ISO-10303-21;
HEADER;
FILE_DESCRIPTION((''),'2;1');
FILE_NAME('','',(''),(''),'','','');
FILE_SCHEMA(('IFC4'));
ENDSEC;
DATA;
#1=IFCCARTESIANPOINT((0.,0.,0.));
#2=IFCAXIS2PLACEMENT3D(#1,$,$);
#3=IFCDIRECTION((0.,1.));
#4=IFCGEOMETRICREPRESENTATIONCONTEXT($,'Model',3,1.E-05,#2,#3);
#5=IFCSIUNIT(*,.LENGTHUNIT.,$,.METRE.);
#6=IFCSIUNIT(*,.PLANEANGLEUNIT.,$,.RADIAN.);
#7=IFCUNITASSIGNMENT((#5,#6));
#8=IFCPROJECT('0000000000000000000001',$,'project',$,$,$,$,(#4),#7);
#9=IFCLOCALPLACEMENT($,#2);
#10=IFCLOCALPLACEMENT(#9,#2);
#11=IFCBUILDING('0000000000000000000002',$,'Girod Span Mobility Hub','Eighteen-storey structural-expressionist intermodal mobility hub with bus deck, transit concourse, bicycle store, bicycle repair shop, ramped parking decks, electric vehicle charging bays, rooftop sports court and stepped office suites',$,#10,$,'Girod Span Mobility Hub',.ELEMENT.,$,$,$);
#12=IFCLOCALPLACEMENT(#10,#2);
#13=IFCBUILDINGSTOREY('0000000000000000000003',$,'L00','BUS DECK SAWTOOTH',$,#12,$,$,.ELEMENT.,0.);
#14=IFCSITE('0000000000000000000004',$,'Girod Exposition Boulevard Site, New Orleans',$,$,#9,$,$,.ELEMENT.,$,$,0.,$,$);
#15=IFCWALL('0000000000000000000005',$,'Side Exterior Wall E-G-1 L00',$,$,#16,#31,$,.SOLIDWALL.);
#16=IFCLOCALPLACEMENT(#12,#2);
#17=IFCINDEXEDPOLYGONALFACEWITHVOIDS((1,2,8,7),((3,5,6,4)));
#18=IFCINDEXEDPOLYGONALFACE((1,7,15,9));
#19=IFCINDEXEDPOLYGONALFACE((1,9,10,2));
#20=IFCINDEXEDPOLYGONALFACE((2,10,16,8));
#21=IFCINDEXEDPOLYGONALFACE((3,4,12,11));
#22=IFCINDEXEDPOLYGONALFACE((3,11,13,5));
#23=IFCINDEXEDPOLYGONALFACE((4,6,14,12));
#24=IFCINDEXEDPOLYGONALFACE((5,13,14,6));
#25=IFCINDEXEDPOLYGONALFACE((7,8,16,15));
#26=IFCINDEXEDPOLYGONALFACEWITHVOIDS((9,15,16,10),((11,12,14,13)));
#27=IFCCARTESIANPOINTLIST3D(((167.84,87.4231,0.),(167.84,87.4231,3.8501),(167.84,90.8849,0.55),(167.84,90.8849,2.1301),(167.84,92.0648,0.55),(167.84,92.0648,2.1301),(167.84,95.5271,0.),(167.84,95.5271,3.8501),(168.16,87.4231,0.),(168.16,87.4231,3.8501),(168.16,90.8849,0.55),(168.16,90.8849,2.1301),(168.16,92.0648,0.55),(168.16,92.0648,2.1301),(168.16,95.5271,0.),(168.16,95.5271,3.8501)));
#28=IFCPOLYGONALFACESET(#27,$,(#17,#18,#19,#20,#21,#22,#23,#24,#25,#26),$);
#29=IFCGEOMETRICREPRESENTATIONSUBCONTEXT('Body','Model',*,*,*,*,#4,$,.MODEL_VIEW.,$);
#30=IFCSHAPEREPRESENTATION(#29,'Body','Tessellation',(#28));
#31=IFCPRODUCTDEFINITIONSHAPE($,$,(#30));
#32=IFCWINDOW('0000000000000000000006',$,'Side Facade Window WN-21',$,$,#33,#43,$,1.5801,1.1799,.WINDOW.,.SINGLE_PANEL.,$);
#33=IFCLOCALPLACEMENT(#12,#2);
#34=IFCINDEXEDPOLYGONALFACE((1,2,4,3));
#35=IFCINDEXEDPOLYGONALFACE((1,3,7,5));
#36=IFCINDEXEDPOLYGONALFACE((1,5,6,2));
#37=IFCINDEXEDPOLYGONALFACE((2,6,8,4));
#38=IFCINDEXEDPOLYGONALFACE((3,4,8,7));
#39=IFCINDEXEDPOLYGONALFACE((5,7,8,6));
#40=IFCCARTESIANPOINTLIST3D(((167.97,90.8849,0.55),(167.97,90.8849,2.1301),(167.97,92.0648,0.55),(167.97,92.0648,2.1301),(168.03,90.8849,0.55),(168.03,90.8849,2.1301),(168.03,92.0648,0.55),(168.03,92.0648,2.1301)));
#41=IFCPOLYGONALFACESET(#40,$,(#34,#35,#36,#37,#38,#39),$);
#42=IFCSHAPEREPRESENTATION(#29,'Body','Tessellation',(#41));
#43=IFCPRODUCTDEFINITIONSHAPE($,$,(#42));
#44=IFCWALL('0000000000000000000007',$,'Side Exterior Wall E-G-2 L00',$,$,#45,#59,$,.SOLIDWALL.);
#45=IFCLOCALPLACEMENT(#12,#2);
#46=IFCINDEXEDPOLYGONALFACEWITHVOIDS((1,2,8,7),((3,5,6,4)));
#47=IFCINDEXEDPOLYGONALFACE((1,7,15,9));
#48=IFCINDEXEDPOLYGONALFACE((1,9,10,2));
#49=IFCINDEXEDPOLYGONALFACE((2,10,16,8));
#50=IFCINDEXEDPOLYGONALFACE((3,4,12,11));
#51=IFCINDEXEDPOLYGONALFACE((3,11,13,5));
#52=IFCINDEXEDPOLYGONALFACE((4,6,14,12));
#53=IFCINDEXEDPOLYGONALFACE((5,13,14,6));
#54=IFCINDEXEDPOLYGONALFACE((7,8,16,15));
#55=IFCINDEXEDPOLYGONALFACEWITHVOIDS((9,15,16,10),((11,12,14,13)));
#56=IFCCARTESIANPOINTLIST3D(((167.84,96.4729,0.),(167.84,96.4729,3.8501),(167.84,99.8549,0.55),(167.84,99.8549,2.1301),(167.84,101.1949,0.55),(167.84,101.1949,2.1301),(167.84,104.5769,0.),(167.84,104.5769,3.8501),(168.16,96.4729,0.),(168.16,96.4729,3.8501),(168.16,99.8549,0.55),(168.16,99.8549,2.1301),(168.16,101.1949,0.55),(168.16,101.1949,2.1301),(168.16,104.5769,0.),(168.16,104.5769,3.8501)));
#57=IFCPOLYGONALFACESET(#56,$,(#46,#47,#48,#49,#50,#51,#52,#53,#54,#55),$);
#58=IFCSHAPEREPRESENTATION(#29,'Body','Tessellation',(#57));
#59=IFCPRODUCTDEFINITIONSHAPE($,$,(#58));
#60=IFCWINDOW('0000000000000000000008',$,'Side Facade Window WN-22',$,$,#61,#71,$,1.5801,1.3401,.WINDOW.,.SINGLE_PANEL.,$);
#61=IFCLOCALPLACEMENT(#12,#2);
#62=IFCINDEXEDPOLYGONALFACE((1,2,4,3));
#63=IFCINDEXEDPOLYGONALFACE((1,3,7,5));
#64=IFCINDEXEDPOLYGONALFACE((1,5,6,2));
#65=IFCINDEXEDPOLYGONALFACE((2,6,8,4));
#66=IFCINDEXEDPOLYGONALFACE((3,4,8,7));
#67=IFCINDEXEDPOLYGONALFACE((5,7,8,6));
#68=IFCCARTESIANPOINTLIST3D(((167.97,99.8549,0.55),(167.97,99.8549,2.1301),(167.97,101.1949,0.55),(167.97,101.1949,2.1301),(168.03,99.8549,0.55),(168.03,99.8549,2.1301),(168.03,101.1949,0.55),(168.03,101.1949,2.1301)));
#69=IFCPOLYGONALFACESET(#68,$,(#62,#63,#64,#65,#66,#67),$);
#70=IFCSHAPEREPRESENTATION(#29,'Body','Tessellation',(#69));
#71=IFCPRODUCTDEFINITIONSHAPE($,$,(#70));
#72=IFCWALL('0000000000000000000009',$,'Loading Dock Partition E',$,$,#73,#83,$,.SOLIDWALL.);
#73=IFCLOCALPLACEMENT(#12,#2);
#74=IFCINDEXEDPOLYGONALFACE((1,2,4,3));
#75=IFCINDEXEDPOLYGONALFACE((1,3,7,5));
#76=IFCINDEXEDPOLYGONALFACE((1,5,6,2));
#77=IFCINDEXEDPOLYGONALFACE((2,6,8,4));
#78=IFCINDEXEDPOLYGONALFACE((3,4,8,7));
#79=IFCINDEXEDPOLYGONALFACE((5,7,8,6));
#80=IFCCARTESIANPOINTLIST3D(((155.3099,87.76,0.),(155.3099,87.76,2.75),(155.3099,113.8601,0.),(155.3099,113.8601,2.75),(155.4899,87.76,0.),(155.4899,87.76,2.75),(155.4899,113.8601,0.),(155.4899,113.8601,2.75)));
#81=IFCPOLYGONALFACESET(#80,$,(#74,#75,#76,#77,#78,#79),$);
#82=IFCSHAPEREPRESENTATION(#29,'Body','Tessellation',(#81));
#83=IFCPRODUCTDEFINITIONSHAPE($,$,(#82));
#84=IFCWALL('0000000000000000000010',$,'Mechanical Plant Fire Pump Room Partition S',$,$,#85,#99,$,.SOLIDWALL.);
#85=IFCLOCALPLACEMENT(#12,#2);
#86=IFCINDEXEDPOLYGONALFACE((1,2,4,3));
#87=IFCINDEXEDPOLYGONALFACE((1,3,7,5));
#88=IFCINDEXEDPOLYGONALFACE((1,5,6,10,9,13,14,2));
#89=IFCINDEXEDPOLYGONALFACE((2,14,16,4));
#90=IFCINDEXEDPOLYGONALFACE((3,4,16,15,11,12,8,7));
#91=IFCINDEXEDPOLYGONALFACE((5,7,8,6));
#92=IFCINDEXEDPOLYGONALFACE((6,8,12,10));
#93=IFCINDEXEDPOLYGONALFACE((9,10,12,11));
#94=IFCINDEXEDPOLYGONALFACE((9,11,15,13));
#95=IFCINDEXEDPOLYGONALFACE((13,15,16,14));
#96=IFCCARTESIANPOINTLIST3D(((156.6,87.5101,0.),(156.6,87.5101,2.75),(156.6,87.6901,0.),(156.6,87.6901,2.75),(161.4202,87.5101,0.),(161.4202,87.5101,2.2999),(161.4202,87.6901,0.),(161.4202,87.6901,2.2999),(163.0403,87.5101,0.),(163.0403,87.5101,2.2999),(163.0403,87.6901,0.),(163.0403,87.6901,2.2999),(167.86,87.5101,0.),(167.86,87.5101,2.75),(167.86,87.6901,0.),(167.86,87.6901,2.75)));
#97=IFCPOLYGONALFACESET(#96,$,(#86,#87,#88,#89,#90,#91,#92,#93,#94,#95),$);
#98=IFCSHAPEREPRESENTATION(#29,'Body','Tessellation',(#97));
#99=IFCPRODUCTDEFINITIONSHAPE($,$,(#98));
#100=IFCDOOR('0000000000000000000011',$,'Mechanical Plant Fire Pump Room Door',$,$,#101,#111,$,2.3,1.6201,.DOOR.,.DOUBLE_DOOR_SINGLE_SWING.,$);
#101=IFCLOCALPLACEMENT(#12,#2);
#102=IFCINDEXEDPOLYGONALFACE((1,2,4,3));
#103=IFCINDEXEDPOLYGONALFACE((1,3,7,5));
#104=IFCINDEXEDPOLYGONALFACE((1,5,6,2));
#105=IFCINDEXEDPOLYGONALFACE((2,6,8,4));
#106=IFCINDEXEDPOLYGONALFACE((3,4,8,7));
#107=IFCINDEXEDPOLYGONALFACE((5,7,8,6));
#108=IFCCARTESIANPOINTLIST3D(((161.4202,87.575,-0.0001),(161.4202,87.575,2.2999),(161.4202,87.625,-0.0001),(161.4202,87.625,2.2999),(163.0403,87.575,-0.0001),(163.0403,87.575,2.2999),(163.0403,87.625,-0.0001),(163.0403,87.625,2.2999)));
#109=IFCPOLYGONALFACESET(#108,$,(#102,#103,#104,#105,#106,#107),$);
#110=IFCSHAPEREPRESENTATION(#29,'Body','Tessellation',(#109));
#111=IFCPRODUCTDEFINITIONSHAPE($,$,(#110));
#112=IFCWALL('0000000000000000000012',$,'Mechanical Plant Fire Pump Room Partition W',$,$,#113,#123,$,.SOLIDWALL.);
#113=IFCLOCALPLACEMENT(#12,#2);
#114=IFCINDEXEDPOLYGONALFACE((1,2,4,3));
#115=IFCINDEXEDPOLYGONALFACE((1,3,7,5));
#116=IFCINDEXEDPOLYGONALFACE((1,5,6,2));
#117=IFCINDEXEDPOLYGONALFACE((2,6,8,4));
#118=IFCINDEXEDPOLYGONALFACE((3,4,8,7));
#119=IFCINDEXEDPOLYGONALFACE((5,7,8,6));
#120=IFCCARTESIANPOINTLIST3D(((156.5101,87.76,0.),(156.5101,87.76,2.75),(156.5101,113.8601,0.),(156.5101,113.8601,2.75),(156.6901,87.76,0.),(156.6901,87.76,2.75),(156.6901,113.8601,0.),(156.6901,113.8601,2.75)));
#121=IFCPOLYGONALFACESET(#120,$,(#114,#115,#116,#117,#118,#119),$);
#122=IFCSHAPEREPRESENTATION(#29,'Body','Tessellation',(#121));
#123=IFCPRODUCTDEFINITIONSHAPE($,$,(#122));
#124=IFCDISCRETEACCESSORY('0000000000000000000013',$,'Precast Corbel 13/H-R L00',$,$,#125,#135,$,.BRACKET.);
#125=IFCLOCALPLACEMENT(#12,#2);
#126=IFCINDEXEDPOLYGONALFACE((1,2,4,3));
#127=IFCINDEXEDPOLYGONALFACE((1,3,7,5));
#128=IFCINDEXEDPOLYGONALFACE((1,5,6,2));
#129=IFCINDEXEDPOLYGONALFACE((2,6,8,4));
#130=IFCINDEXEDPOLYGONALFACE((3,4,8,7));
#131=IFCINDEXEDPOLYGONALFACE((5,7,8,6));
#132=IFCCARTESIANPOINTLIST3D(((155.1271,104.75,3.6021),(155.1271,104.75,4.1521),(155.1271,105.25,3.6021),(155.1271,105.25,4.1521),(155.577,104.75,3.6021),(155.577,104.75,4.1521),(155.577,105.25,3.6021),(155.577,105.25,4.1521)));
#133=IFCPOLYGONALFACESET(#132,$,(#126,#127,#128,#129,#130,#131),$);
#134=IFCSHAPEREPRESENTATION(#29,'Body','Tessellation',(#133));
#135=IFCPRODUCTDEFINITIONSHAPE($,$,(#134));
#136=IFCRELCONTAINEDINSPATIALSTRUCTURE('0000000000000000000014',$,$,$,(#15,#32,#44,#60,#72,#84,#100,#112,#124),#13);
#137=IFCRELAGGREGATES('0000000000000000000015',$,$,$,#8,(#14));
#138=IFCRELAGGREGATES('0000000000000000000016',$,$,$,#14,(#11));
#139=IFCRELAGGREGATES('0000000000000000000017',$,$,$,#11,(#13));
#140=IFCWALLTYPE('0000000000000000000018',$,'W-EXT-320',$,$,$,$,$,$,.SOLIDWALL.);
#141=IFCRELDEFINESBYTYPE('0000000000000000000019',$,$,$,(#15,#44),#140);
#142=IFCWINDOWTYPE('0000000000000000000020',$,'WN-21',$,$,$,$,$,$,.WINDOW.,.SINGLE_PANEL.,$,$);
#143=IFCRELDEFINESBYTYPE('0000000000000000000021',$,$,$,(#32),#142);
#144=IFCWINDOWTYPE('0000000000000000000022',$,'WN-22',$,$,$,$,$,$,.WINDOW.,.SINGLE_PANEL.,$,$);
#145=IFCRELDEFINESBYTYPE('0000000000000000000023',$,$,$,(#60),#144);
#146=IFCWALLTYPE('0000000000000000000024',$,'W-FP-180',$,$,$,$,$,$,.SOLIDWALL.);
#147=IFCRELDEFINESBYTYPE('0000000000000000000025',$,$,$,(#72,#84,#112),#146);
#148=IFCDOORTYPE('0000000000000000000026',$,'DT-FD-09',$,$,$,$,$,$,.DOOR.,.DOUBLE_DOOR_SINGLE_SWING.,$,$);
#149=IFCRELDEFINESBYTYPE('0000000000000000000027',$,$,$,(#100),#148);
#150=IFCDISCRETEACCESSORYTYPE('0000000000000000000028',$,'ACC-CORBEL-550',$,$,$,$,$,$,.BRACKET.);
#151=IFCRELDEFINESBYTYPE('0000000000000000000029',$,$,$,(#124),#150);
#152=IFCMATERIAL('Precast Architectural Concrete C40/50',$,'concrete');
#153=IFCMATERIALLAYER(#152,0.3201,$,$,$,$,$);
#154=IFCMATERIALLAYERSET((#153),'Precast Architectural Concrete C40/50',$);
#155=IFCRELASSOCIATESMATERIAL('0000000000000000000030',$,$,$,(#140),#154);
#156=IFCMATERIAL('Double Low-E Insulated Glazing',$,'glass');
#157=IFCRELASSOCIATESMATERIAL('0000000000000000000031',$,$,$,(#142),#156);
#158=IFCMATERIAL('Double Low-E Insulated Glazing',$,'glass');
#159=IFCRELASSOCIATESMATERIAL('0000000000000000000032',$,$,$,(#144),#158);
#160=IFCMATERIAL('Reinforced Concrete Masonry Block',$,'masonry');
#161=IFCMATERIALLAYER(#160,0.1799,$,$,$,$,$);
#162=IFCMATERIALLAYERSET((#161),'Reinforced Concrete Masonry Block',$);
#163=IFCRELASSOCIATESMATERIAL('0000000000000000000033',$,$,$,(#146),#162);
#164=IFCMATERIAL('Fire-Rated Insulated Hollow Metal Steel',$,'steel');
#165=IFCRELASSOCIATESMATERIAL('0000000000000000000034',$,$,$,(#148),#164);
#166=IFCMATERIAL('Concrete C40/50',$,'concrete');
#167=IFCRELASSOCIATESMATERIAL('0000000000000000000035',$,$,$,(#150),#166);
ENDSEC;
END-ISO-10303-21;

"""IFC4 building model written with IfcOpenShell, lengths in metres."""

from ifc_helpers import new_model, si_unit, direction, frame, frame_2d, origin, origin_2d, place, context, subcontext, project, spatial, rectangle, extrude, material, layer, layer_set, type_object, element, fill, save


model = new_model("IFC4")

# Units and contexts
model_context = context("Model", 3, precision=1e-05, world=origin(), true_north=direction((0.0, 1.0)))
body_context = subcontext(model_context, "Body", "Model", "MODEL_VIEW")
ifc_project = project(units=[si_unit("LENGTHUNIT", "METRE"), si_unit("PLANEANGLEUNIT", "RADIAN")], contexts=[model_context])

# Site, building, storey
site_placement = place(None, origin())
site = spatial("IfcSite", under=ifc_project, at=site_placement, Name="Girod Exposition Boulevard Site, New Orleans", CompositionType="ELEMENT", RefElevation=0.0)
building_placement = place(site_placement, origin())
building = spatial("IfcBuilding", under=site, at=building_placement, Name="Girod Span Mobility Hub", Description="Eighteen-storey structural-expressionist intermodal mobility hub with bus deck, transit concourse, bicycle store, bicycle repair shop, ramped parking decks, electric vehicle charging bays, rooftop sports court and stepped office suites", LongName="Girod Span Mobility Hub", CompositionType="ELEMENT")
storey_placement = place(building_placement, origin())
storey = spatial("IfcBuildingStorey", under=building, at=storey_placement, Name="L00", Description="BUS DECK SAWTOOTH", CompositionType="ELEMENT", Elevation=0.0)

# Walls, openings, windows
ifc_material_1 = material(Name="Precast Architectural Concrete C40/50", Category="concrete")
ifc_layer_1 = layer(ifc_material_1, 0.3201)
ifc_layer_set_1 = layer_set([ifc_layer_1], Name="Precast Architectural Concrete C40/50")
wall_type_1 = type_object("IfcWallType", Name="W-EXT-320", PredefinedType="SOLIDWALL", material=ifc_layer_set_1)
wall_1_placement = place(storey_placement, frame((168.0, 87.4231, 0.0), z_axis=(0.0, 0.0, 1.0), x_axis=(0.0, 1.0, 0.0)))
wall_1 = element("IfcWall", 1, at=wall_1_placement, inside=storey, type_object=wall_type_1, Name="Side Exterior Wall E-G-1 L00", PredefinedType="SOLIDWALL", context=body_context, shape_type="SweptSolid", body=[
    extrude(rectangle(XDim=8.104, YDim=0.3201, at=frame_2d((4.052, 0.0))), origin(), (0.0, 0.0, 1.0), 3.8501),
])
opening_1_placement = place(wall_1_placement, frame((3.4619, 0.0, 0.55)))
opening_1 = element("IfcOpeningElement", 2, at=opening_1_placement, cuts=wall_1, PredefinedType="OPENING", context=body_context, shape_type="SweptSolid", body=[
    extrude(rectangle(XDim=1.1799, YDim=1.5801, at=frame_2d((0.5898, 0.79))), frame((0.0, 0.175, 0.0), z_axis=(0.0, -1.0, 0.0), x_axis=(1.0, 0.0, 0.0)), (0.0, 0.0, 1.0), 0.3501),
])
ifc_material_2 = material(Name="Double Low-E Insulated Glazing", Category="glass")
window_type_1 = type_object("IfcWindowType", Name="WN-21", PartitioningType="SINGLE_PANEL", PredefinedType="WINDOW", material=ifc_material_2)
window_1_placement = place(opening_1_placement, origin())
window_1 = element("IfcWindow", 3, at=window_1_placement, inside=storey, type_object=window_type_1, Name="Side Facade Window WN-21", OverallHeight=1.5801, OverallWidth=1.1799, PartitioningType="SINGLE_PANEL", PredefinedType="WINDOW", context=body_context, shape_type="SweptSolid", body=[
    extrude(rectangle(XDim=1.1799, YDim=1.5801, at=frame_2d((0.5898, 0.79))), frame((0.0, 0.03, 0.0), z_axis=(0.0, -1.0, 0.0), x_axis=(1.0, 0.0, 0.0)), (0.0, 0.0, 1.0), 0.0601),
])
fill(opening_1, window_1)
wall_2_placement = place(storey_placement, frame((168.0, 96.4729, 0.0), z_axis=(0.0, 0.0, 1.0), x_axis=(0.0, 1.0, 0.0)))
wall_2 = element("IfcWall", 4, at=wall_2_placement, inside=storey, type_object=wall_type_1, Name="Side Exterior Wall E-G-2 L00", PredefinedType="SOLIDWALL", context=body_context, shape_type="SweptSolid", body=[
    extrude(rectangle(XDim=8.104, YDim=0.3201, at=frame_2d((4.052, 0.0))), origin(), (0.0, 0.0, 1.0), 3.8501),
])
opening_2_placement = place(wall_2_placement, frame((3.3821, 0.0, 0.55)))
opening_2 = element("IfcOpeningElement", 5, at=opening_2_placement, cuts=wall_2, PredefinedType="OPENING", context=body_context, shape_type="SweptSolid", body=[
    extrude(rectangle(XDim=1.3401, YDim=1.5801, at=frame_2d((0.6699, 0.79))), frame((0.0, 0.175, 0.0), z_axis=(0.0, -1.0, 0.0), x_axis=(1.0, 0.0, 0.0)), (0.0, 0.0, 1.0), 0.3501),
])
ifc_material_3 = material(Name="Double Low-E Insulated Glazing", Category="glass")
window_type_2 = type_object("IfcWindowType", Name="WN-22", PartitioningType="SINGLE_PANEL", PredefinedType="WINDOW", material=ifc_material_3)
window_2_placement = place(opening_2_placement, origin())
window_2 = element("IfcWindow", 6, at=window_2_placement, inside=storey, type_object=window_type_2, Name="Side Facade Window WN-22", OverallHeight=1.5801, OverallWidth=1.3401, PartitioningType="SINGLE_PANEL", PredefinedType="WINDOW", context=body_context, shape_type="SweptSolid", body=[
    extrude(rectangle(XDim=1.3401, YDim=1.5801, at=frame_2d((0.6699, 0.79))), frame((0.0, 0.03, 0.0), z_axis=(0.0, -1.0, 0.0), x_axis=(1.0, 0.0, 0.0)), (0.0, 0.0, 1.0), 0.0601),
])
fill(opening_2, window_2)

# Wall
ifc_material_4 = material(Name="Reinforced Concrete Masonry Block", Category="masonry")
ifc_layer_2 = layer(ifc_material_4, 0.1799)
ifc_layer_set_2 = layer_set([ifc_layer_2], Name="Reinforced Concrete Masonry Block")
wall_type_2 = type_object("IfcWallType", Name="W-FP-180", PredefinedType="SOLIDWALL", material=ifc_layer_set_2)
wall_3_placement = place(storey_placement, frame((155.3999, 87.76, 0.0), z_axis=(0.0, 0.0, 1.0), x_axis=(0.0, 1.0, 0.0)))
element("IfcWall", 7, at=wall_3_placement, inside=storey, type_object=wall_type_2, Name="Loading Dock Partition E", PredefinedType="SOLIDWALL", context=body_context, shape_type="SweptSolid", body=[
    extrude(rectangle(XDim=26.1001, YDim=0.1799, at=frame_2d((13.05, 0.0))), origin(), (0.0, 0.0, 1.0), 2.75),
])

# Wall, opening, door
wall_4_placement = place(storey_placement, frame((156.6001, 87.6001, 0.0), z_axis=(0.0, 0.0, 1.0), x_axis=(1.0, 0.0, 0.0)))
wall_4 = element("IfcWall", 8, at=wall_4_placement, inside=storey, type_object=wall_type_2, Name="Mechanical Plant Fire Pump Room Partition S", PredefinedType="SOLIDWALL", context=body_context, shape_type="SweptSolid", body=[
    extrude(rectangle(XDim=11.26, YDim=0.1799, at=frame_2d((5.6299, 0.0))), origin(), (0.0, 0.0, 1.0), 2.75),
])
opening_3_placement = place(wall_4_placement, frame((4.8201, 0.0, 0.0)))
opening_3 = element("IfcOpeningElement", 9, at=opening_3_placement, cuts=wall_4, PredefinedType="OPENING", context=body_context, shape_type="SweptSolid", body=[
    extrude(rectangle(XDim=1.6201, YDim=2.3, at=frame_2d((0.8101, 1.1499))), frame((0.0, 0.105, 0.0), z_axis=(0.0, -1.0, 0.0), x_axis=(1.0, 0.0, 0.0)), (0.0, 0.0, 1.0), 0.21),
])
ifc_material_5 = material(Name="Fire-Rated Insulated Hollow Metal Steel", Category="steel")
door_type = type_object("IfcDoorType", Name="DT-FD-09", OperationType="DOUBLE_DOOR_SINGLE_SWING", PredefinedType="DOOR", material=ifc_material_5)
door_placement = place(opening_3_placement, origin())
door = element("IfcDoor", 10, at=door_placement, inside=storey, type_object=door_type, Name="Mechanical Plant Fire Pump Room Door", OperationType="DOUBLE_DOOR_SINGLE_SWING", OverallHeight=2.3, OverallWidth=1.6201, PredefinedType="DOOR", context=body_context, shape_type="SweptSolid", body=[
    extrude(rectangle(XDim=1.6201, YDim=2.3, at=frame_2d((0.8101, 1.1499))), frame((0.0, 0.0249, 0.0), z_axis=(0.0, -1.0, 0.0), x_axis=(1.0, 0.0, 0.0)), (0.0, 0.0, 1.0), 0.05),
])
fill(opening_3, door)

# Wall
wall_5_placement = place(storey_placement, frame((156.6001, 87.76, 0.0), z_axis=(0.0, 0.0, 1.0), x_axis=(0.0, 1.0, 0.0)))
element("IfcWall", 11, at=wall_5_placement, inside=storey, type_object=wall_type_2, Name="Mechanical Plant Fire Pump Room Partition W", PredefinedType="SOLIDWALL", context=body_context, shape_type="SweptSolid", body=[
    extrude(rectangle(XDim=26.1001, YDim=0.1799, at=frame_2d((13.05, 0.0))), origin(), (0.0, 0.0, 1.0), 2.75),
])

# Discrete accessory
ifc_material_6 = material(Name="Concrete C40/50", Category="concrete")
discrete_accessory_type = type_object("IfcDiscreteAccessoryType", Name="ACC-CORBEL-550", PredefinedType="BRACKET", material=ifc_material_6)
discrete_accessory_placement = place(storey_placement, frame((155.3521, 105.0, 3.6021), z_axis=(0.0, 0.0, 1.0), x_axis=(1.0, 0.0, 0.0)))
element("IfcDiscreteAccessory", 12, at=discrete_accessory_placement, inside=storey, type_object=discrete_accessory_type, Name="Precast Corbel 13/H-R L00", PredefinedType="BRACKET", context=body_context, shape_type="SweptSolid", body=[
    extrude(rectangle(XDim=0.45, YDim=0.5, at=origin_2d()), origin(), (0.0, 0.0, 1.0), 0.55),
])

save(model, "model.ifc")
